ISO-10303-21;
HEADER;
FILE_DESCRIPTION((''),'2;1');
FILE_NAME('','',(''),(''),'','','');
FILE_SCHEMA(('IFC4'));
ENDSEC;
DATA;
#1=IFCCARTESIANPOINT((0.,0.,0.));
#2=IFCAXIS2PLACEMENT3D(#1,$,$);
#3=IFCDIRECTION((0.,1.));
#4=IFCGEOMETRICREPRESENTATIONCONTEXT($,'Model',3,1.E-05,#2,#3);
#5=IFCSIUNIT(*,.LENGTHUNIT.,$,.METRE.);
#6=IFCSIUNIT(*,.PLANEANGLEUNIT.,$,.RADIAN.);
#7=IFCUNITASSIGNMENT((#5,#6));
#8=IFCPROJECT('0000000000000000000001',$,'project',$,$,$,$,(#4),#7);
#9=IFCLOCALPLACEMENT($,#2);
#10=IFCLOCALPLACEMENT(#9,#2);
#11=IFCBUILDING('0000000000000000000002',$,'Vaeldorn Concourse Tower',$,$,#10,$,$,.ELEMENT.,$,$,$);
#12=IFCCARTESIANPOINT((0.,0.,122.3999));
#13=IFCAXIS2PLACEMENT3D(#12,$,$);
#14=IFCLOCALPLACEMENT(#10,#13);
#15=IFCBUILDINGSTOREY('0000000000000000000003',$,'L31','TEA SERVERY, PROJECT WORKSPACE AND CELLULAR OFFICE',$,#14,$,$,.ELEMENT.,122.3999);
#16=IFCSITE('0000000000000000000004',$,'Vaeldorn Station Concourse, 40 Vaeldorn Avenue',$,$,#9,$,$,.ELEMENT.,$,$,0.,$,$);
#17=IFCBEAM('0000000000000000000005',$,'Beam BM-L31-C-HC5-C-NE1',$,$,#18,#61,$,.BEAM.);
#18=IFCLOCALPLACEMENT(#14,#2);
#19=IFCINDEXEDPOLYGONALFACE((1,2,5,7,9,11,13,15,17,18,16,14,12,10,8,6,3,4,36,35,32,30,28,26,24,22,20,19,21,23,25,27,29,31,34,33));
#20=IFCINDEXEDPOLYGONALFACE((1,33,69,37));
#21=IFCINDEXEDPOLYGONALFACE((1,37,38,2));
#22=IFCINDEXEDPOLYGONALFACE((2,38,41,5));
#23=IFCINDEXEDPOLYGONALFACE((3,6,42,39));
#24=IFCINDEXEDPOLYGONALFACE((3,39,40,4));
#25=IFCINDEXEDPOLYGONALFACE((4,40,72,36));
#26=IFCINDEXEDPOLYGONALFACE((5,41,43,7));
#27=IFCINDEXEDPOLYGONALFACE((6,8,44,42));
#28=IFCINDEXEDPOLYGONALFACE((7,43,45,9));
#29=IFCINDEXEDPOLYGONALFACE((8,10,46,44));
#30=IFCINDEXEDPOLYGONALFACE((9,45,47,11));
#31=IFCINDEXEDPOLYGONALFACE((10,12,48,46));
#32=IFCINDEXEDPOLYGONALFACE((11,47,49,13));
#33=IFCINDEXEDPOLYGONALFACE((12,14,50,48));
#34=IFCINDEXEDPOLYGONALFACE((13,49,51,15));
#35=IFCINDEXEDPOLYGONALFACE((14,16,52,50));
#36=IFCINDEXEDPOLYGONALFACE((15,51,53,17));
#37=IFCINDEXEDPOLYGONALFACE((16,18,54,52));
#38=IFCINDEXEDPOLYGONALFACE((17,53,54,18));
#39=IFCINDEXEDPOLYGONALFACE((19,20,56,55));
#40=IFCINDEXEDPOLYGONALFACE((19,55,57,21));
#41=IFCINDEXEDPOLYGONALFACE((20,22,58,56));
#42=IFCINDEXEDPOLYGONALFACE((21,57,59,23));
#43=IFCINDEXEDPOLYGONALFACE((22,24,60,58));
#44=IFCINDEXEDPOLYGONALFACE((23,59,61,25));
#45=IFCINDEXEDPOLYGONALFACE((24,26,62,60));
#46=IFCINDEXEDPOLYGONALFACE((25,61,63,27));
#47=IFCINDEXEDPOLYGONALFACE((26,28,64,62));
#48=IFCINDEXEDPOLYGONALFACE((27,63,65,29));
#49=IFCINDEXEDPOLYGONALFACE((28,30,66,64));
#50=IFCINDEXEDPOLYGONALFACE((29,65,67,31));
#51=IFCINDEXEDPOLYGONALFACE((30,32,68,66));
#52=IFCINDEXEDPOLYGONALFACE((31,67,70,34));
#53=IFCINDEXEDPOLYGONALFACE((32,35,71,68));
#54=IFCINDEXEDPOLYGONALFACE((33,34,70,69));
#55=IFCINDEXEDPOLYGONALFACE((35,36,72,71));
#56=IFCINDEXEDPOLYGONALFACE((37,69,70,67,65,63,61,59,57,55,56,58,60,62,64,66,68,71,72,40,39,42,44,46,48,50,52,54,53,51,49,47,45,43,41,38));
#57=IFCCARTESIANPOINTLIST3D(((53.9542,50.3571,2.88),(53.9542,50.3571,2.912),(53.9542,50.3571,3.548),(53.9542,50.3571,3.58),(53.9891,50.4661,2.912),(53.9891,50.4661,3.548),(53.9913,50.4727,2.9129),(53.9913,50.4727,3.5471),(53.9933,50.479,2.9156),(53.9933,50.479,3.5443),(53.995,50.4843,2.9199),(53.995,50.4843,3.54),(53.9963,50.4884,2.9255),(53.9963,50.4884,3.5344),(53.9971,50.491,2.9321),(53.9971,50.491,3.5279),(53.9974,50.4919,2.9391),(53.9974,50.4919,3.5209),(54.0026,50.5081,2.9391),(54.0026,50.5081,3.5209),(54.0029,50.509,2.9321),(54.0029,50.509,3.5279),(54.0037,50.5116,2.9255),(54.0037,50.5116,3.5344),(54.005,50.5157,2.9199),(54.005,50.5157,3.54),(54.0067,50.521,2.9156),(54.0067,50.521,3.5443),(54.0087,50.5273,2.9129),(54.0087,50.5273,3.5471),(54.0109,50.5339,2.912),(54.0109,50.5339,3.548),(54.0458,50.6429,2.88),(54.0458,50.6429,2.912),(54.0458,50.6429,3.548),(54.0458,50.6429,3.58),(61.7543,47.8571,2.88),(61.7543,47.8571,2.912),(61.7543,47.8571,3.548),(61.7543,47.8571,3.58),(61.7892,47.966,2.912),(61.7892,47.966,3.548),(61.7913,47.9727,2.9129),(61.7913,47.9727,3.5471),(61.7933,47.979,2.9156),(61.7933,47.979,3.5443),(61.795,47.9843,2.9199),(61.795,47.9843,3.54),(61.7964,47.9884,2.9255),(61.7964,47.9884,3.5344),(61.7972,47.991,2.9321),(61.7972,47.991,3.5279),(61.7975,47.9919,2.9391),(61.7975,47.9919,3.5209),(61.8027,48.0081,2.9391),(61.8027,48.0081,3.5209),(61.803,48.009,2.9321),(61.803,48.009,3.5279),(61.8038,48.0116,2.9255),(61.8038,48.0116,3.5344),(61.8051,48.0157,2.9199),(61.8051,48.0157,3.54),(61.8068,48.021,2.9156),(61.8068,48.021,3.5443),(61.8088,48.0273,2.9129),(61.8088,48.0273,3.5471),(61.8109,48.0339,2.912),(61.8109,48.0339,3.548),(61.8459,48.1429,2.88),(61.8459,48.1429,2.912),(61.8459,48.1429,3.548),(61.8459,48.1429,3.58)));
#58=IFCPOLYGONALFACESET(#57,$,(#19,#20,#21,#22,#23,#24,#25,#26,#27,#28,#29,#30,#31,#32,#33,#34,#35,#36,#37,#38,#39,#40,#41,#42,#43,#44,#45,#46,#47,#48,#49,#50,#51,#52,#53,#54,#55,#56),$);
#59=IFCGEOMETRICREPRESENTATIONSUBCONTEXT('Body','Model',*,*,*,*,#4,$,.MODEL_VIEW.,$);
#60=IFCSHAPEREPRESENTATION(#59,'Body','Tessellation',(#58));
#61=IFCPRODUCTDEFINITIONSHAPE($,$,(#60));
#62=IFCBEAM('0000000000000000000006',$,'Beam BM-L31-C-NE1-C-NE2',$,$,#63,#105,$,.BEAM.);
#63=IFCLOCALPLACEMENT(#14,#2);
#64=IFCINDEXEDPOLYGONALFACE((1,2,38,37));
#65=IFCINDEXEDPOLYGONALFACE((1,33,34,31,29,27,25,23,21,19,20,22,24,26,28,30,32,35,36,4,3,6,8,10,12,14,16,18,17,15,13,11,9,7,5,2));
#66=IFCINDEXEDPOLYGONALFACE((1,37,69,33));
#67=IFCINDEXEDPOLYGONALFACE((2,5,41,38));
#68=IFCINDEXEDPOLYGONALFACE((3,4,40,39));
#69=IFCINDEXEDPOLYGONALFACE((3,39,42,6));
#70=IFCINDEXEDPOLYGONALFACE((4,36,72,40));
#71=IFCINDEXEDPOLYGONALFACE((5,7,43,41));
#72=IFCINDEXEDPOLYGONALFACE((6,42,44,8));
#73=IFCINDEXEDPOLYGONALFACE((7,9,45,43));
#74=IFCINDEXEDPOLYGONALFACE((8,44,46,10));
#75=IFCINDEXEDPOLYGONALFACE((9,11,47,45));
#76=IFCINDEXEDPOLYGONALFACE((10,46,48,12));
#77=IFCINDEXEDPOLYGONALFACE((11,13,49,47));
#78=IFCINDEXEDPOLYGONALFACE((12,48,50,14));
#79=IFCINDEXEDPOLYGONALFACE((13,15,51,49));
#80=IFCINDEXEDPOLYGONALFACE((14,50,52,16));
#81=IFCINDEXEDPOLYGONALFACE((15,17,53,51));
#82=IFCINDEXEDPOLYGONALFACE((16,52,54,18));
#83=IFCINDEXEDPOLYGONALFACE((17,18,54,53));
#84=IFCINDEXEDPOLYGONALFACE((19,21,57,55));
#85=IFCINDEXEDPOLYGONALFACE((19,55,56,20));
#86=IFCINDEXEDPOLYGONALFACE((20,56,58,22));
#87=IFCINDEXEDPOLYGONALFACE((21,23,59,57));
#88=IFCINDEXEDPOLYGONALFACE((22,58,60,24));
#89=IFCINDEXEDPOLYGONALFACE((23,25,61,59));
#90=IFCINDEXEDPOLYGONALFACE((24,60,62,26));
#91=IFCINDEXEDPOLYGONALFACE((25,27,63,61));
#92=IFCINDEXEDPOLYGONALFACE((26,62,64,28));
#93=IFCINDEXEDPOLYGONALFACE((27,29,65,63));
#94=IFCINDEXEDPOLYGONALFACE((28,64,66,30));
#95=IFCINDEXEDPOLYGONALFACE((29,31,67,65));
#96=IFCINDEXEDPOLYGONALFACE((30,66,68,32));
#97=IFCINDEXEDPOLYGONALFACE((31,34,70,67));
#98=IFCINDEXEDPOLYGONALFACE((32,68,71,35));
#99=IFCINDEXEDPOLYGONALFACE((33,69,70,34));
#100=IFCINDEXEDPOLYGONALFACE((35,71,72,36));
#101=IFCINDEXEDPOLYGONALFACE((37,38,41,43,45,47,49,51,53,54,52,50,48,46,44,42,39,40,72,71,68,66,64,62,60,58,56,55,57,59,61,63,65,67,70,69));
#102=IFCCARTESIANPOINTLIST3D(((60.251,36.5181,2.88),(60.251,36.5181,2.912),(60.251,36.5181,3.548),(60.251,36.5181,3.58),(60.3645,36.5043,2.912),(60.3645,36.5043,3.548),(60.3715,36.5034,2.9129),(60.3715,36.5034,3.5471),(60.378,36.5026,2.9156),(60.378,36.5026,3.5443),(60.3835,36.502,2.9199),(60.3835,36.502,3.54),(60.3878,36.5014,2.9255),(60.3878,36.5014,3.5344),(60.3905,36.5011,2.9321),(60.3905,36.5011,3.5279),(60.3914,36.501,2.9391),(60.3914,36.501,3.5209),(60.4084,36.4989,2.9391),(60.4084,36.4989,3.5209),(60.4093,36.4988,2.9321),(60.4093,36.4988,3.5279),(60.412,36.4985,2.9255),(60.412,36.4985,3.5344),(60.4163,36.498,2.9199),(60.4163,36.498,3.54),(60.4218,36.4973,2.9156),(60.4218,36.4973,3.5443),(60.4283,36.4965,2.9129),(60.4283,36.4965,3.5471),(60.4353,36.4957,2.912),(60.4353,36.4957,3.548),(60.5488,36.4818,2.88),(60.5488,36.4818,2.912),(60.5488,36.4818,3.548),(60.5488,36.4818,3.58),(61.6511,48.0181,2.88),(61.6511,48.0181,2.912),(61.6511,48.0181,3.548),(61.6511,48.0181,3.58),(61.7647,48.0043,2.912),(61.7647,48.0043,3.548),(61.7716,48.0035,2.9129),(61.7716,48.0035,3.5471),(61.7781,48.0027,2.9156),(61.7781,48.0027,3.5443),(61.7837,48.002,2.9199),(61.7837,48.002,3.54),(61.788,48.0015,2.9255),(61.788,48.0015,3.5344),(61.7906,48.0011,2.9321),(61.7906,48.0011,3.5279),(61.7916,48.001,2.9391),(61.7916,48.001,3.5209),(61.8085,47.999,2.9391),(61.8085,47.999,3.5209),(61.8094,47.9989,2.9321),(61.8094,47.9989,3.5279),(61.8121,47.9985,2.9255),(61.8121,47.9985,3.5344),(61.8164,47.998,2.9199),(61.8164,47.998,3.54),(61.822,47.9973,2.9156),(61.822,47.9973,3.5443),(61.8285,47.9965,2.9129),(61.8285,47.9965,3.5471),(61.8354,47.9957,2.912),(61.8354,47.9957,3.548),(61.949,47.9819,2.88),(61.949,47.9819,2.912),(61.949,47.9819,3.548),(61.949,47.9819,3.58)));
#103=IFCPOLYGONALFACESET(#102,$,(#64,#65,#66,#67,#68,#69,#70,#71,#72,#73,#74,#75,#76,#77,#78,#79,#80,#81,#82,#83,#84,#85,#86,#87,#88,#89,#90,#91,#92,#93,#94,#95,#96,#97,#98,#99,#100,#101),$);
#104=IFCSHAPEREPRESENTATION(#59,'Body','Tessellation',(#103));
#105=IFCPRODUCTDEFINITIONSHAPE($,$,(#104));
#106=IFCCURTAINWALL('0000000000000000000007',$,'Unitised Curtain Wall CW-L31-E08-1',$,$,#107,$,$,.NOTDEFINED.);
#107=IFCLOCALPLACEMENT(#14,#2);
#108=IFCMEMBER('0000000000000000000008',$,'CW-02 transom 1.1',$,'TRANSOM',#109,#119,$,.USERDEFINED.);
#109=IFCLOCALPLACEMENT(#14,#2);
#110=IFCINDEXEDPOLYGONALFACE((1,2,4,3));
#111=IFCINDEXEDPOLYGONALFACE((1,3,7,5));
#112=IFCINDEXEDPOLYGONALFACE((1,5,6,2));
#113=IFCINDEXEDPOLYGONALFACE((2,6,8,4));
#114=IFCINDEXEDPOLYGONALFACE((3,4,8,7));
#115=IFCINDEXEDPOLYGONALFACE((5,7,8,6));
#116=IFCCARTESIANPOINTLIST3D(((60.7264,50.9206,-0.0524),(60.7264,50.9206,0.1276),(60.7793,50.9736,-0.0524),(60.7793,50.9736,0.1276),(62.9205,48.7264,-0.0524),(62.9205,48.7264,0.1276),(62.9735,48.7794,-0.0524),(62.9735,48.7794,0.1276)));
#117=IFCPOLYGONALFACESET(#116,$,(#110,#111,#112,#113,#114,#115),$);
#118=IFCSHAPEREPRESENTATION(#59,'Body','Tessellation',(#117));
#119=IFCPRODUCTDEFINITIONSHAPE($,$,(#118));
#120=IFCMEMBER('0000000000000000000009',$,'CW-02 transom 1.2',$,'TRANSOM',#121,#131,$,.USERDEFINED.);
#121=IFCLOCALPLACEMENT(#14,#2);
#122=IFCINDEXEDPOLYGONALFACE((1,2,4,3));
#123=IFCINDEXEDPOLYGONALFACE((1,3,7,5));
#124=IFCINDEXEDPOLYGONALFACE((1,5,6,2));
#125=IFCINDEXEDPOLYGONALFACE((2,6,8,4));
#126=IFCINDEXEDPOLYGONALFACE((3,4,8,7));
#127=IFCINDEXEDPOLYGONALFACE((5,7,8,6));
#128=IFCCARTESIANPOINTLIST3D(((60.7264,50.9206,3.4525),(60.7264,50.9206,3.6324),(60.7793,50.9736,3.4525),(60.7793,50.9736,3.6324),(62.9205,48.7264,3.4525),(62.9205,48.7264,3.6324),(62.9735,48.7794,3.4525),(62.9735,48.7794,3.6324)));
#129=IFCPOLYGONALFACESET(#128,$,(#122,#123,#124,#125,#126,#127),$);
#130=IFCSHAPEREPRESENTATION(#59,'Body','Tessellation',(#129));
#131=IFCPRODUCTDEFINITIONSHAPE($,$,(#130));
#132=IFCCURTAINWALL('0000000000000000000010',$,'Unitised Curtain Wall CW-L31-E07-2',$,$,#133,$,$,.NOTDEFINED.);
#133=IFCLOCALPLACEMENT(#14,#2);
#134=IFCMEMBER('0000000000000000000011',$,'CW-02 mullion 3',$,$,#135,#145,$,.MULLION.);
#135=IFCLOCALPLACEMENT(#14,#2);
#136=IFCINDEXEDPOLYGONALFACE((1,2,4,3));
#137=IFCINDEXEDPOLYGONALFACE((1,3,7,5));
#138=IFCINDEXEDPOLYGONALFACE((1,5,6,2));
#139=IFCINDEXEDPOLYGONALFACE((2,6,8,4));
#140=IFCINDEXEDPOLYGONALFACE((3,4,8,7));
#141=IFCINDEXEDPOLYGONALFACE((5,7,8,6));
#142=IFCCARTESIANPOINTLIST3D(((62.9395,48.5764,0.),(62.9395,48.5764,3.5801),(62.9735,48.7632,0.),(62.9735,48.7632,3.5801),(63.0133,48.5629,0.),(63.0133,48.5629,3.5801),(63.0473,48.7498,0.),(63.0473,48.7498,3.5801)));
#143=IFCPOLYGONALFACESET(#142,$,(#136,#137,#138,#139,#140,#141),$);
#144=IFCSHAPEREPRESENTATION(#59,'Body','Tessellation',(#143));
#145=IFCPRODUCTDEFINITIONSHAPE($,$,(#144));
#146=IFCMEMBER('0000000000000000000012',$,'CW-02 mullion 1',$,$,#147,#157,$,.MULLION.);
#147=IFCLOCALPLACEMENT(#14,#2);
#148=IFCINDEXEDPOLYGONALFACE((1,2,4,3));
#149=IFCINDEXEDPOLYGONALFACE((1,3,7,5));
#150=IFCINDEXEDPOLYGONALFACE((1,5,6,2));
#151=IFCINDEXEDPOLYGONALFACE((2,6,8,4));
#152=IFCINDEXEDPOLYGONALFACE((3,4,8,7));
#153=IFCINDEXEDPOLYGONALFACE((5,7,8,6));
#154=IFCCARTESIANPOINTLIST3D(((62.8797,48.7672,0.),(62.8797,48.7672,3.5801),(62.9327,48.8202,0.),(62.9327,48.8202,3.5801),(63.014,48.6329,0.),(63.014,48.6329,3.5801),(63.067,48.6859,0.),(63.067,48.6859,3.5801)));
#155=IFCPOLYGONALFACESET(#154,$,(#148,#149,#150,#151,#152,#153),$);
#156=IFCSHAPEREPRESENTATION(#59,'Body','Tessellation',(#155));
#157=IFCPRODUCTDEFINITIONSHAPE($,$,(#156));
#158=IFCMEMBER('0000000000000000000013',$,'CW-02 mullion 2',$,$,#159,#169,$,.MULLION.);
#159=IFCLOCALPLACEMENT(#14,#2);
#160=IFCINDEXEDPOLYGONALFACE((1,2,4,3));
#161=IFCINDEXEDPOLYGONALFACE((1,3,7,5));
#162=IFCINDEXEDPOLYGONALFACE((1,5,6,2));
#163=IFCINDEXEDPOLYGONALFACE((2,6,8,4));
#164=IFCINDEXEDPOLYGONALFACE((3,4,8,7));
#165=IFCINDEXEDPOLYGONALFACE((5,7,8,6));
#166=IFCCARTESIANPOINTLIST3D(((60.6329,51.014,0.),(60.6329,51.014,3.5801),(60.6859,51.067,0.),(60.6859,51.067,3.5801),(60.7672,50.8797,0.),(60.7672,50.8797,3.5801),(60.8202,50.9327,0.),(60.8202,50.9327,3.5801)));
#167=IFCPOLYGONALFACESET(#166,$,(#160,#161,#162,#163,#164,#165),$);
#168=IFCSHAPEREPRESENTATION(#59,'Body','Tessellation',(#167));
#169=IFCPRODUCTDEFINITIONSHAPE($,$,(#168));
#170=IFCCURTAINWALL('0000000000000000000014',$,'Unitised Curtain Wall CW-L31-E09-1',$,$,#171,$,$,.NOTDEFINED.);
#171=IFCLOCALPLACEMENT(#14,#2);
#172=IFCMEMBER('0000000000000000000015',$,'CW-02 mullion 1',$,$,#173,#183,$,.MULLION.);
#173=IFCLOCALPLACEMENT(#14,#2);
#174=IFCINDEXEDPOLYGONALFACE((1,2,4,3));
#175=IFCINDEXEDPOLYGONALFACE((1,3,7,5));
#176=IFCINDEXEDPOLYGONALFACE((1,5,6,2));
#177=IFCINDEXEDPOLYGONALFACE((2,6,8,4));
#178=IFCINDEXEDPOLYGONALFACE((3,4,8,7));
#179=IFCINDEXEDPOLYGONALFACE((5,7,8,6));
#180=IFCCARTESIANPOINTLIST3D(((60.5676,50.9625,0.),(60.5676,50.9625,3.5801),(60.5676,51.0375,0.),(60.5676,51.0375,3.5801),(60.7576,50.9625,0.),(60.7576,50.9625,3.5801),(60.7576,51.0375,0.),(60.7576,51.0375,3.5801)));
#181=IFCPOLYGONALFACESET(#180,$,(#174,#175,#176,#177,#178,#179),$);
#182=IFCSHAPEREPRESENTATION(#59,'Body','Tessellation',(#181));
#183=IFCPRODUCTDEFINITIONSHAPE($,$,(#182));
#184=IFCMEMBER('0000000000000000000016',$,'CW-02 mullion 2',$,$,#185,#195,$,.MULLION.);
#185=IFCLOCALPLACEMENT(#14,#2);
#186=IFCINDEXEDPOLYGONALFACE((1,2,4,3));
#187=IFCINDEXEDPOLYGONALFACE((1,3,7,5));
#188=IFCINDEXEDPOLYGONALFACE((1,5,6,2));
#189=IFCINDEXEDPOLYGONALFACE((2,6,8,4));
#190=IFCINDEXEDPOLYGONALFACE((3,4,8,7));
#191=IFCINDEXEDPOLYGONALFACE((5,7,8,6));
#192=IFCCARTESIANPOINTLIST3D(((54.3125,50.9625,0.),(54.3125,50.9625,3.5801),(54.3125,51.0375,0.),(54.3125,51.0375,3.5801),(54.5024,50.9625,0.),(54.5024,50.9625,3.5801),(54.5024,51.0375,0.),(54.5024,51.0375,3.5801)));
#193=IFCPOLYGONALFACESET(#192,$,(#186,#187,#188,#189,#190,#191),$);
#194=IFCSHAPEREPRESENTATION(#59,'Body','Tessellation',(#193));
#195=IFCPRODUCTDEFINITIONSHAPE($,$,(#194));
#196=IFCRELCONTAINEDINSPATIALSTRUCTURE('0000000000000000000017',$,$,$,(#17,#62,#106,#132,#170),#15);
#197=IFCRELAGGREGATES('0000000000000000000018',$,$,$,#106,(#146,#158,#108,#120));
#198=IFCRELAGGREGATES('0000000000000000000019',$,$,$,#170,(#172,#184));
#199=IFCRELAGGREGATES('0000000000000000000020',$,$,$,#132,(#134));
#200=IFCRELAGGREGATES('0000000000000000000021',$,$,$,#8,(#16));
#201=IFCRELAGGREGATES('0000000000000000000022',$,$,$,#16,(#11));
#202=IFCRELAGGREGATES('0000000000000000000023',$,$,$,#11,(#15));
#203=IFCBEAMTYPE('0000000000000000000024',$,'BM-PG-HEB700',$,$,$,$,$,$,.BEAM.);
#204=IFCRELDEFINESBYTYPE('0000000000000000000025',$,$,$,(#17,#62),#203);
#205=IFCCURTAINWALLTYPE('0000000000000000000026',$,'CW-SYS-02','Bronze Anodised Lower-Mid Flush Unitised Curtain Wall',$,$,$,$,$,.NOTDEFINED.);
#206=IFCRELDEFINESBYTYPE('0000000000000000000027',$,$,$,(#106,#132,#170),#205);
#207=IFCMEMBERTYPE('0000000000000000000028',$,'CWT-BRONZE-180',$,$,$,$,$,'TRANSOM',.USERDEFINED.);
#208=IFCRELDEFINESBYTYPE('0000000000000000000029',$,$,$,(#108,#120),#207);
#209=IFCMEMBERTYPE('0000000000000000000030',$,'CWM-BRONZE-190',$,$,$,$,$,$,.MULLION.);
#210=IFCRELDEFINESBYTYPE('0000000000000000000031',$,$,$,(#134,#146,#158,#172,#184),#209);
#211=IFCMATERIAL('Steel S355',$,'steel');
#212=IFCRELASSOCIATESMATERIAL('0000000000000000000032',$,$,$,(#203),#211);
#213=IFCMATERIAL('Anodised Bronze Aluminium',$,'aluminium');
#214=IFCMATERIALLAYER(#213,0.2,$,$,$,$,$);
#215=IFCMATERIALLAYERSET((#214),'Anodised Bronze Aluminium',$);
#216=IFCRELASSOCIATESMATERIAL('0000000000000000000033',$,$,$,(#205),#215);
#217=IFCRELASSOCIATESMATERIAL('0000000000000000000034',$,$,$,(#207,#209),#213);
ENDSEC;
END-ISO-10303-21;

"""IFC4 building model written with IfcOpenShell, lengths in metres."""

from ifc_helpers import new_model, si_unit, direction, frame, origin, origin_2d, place, context, subcontext, project, spatial, rectangle, i_section, extrude, source, transform, mapped, material, layer, layer_set, material_profile, profile_set, type_object, element, aggregate, save


model = new_model("IFC4")

# Units and contexts
model_context = context("Model", 3, precision=1e-05, world=origin(), true_north=direction((0.0, 1.0)))
body_context = subcontext(model_context, "Body", "Model", "MODEL_VIEW")
ifc_project = project(units=[si_unit("LENGTHUNIT", "METRE"), si_unit("PLANEANGLEUNIT", "RADIAN")], contexts=[model_context])

# Site, building, storey
site_placement = place(None, origin())
site = spatial("IfcSite", under=ifc_project, at=site_placement, Name="Vaeldorn Station Concourse, 40 Vaeldorn Avenue", CompositionType="ELEMENT", RefElevation=0.0)
building_placement = place(site_placement, origin())
building = spatial("IfcBuilding", under=site, at=building_placement, Name="Vaeldorn Concourse Tower", CompositionType="ELEMENT")
storey_placement = place(building_placement, frame((0.0, 0.0, 122.3999)))
storey = spatial("IfcBuildingStorey", under=building, at=storey_placement, Name="L31", Description="TEA SERVERY, PROJECT WORKSPACE AND CELLULAR OFFICE", CompositionType="ELEMENT", Elevation=122.3999)

# Beams
ifc_material_1 = material(Name="Steel S355", Category="steel")
ifc_material_profile_1 = material_profile(ifc_material_1, i_section(OverallWidth=0.3, OverallDepth=0.7, WebThickness=0.0171, FlangeThickness=0.032, FilletRadius=0.0271, at=origin_2d()), Name="HEB 700")
ifc_profile_set_1 = profile_set([ifc_material_profile_1], Name="Steel S355")
beam_type_1 = type_object("IfcBeamType", Name="BM-PG-HEB700", PredefinedType="BEAM", material=ifc_profile_set_1)
shared_shape_1 = source(origin(), body_context, "Body", "SweptSolid", [
    extrude(i_section(OverallWidth=0.3, OverallDepth=0.7, WebThickness=0.0171, FlangeThickness=0.032, FilletRadius=0.0271, at=origin_2d()), origin(), (0.0, 0.0, 1.0), 8.1909),
])
beam_1_placement = place(storey_placement, frame((54.0, 50.5, 3.23), z_axis=(0.952283, -0.305217, 0.0), x_axis=(0.305217, 0.952283, 0.0)))
element("IfcBeam", 1, at=beam_1_placement, inside=storey, type_object=beam_type_1, Name="Beam BM-L31-C-HC5-C-NE1", PredefinedType="BEAM", context=body_context, shape_type="MappedRepresentation", body=[
    mapped(shared_shape_1, transform((0.0, 0.0, 0.0), scale=1.0)),
])
shared_shape_2 = source(origin(), body_context, "Body", "SweptSolid", [
    extrude(i_section(OverallWidth=0.3, OverallDepth=0.7, WebThickness=0.0171, FlangeThickness=0.032, FilletRadius=0.0271, at=origin_2d()), origin(), (0.0, 0.0, 1.0), 11.585),
])
beam_2_placement = place(storey_placement, frame((61.8, 48.0, 3.23), z_axis=(-0.120859, -0.99267, 0.0), x_axis=(0.99267, -0.120859, 0.0)))
element("IfcBeam", 2, at=beam_2_placement, inside=storey, type_object=beam_type_1, Name="Beam BM-L31-C-NE1-C-NE2", PredefinedType="BEAM", context=body_context, shape_type="MappedRepresentation", body=[
    mapped(shared_shape_2, transform((0.0, 0.0, 0.0), scale=1.0)),
])

# Curtain wall, members
ifc_material_2 = material(Name="Anodised Bronze Aluminium", Category="aluminium")
ifc_layer_1 = layer(ifc_material_2, 0.2)
ifc_layer_set_1 = layer_set([ifc_layer_1], Name="Anodised Bronze Aluminium")
curtain_wall_type = type_object("IfcCurtainWallType", Name="CW-SYS-02", Description="Bronze Anodised Lower-Mid Flush Unitised Curtain Wall", PredefinedType="NOTDEFINED", material=ifc_layer_set_1)
curtain_wall_1_placement = place(storey_placement, origin())
curtain_wall_1 = element("IfcCurtainWall", 3, at=curtain_wall_1_placement, inside=storey, type_object=curtain_wall_type, Name="Unitised Curtain Wall CW-L31-E08-1", PredefinedType="NOTDEFINED")
ifc_material_profile_2 = material_profile(ifc_material_2, rectangle(XDim=0.075, YDim=0.1799, at=origin_2d()), Name="CWT 75x180")
ifc_profile_set_2 = profile_set([ifc_material_profile_2], Name="Anodised Bronze Aluminium")
member_type_1 = type_object("IfcMemberType", Name="CWT-BRONZE-180", ElementType="TRANSOM", PredefinedType="USERDEFINED", material=ifc_profile_set_2)
shared_shape_3 = source(origin(), body_context, "Body", "SweptSolid", [
    extrude(rectangle(XDim=0.075, YDim=0.1799, at=origin_2d()), origin(), (0.0, 0.0, 1.0), 3.103),
])
member_1_placement = place(storey_placement, frame((62.947, 48.7529, 0.0376), z_axis=(-0.707107, 0.707107, 0.0), x_axis=(-0.707107, -0.707107, 0.0)))
member_1 = element("IfcMember", 4, at=member_1_placement, type_object=member_type_1, Name="CW-02 transom 1.1", ObjectType="TRANSOM", PredefinedType="USERDEFINED", context=body_context, shape_type="MappedRepresentation", body=[
    mapped(shared_shape_3, transform((0.0, 0.0, 0.0), scale=1.0)),
])
member_2_placement = place(storey_placement, frame((62.947, 48.7529, 3.5425), z_axis=(-0.707107, 0.707107, 0.0), x_axis=(-0.707107, -0.707107, 0.0)))
member_2 = element("IfcMember", 5, at=member_2_placement, type_object=member_type_1, Name="CW-02 transom 1.2", ObjectType="TRANSOM", PredefinedType="USERDEFINED", context=body_context, shape_type="MappedRepresentation", body=[
    mapped(shared_shape_3, transform((0.0, 0.0, 0.0), scale=1.0)),
])

# Curtain wall, member
curtain_wall_2_placement = place(storey_placement, origin())
curtain_wall_2 = element("IfcCurtainWall", 6, at=curtain_wall_2_placement, inside=storey, type_object=curtain_wall_type, Name="Unitised Curtain Wall CW-L31-E07-2", PredefinedType="NOTDEFINED")
ifc_material_profile_3 = material_profile(ifc_material_2, rectangle(XDim=0.075, YDim=0.1899, at=origin_2d()), Name="CWM 75x190")
ifc_profile_set_3 = profile_set([ifc_material_profile_3], Name="Anodised Bronze Aluminium")
member_type_2 = type_object("IfcMemberType", Name="CWM-BRONZE-190", PredefinedType="MULLION", material=ifc_profile_set_3)
shared_shape_4 = source(origin(), body_context, "Body", "SweptSolid", [
    extrude(rectangle(XDim=0.075, YDim=0.1899, at=origin_2d()), origin(), (0.0, 0.0, 1.0), 3.5801),
])
member_3_placement = place(storey_placement, frame((62.9934, 48.6631, 0.0), z_axis=(0.0, 0.0, 1.0), x_axis=(-0.98386, 0.178943, 0.0)))
member_3 = element("IfcMember", 7, at=member_3_placement, type_object=member_type_2, Name="CW-02 mullion 3", PredefinedType="MULLION", context=body_context, shape_type="MappedRepresentation", body=[
    mapped(shared_shape_4, transform((0.0, 0.0, 0.0), scale=1.0)),
])

# Members
member_4_placement = place(storey_placement, frame((62.9734, 48.7266, 0.0), z_axis=(0.0, 0.0, 1.0), x_axis=(-0.707107, -0.707107, 0.0)))
member_4 = element("IfcMember", 8, at=member_4_placement, type_object=member_type_2, Name="CW-02 mullion 1", PredefinedType="MULLION", context=body_context, shape_type="MappedRepresentation", body=[
    mapped(shared_shape_4, transform((0.0, 0.0, 0.0), scale=1.0)),
])
member_5_placement = place(storey_placement, frame((60.7266, 50.9734, 0.0), z_axis=(0.0, 0.0, 1.0), x_axis=(-0.707107, -0.707107, 0.0)))
member_5 = element("IfcMember", 9, at=member_5_placement, type_object=member_type_2, Name="CW-02 mullion 2", PredefinedType="MULLION", context=body_context, shape_type="MappedRepresentation", body=[
    mapped(shared_shape_4, transform((0.0, 0.0, 0.0), scale=1.0)),
])

# Curtain wall, members
curtain_wall_3_placement = place(storey_placement, origin())
curtain_wall_3 = element("IfcCurtainWall", 10, at=curtain_wall_3_placement, inside=storey, type_object=curtain_wall_type, Name="Unitised Curtain Wall CW-L31-E09-1", PredefinedType="NOTDEFINED")
member_6_placement = place(storey_placement, frame((60.6626, 51.0, 0.0), z_axis=(0.0, 0.0, 1.0), x_axis=(0.0, -1.0, 0.0)))
member_6 = element("IfcMember", 11, at=member_6_placement, type_object=member_type_2, Name="CW-02 mullion 1", PredefinedType="MULLION", context=body_context, shape_type="MappedRepresentation", body=[
    mapped(shared_shape_4, transform((0.0, 0.0, 0.0), scale=1.0)),
])
member_7_placement = place(storey_placement, frame((54.4075, 51.0, 0.0), z_axis=(0.0, 0.0, 1.0), x_axis=(0.0, -1.0, 0.0)))
member_7 = element("IfcMember", 12, at=member_7_placement, type_object=member_type_2, Name="CW-02 mullion 2", PredefinedType="MULLION", context=body_context, shape_type="MappedRepresentation", body=[
    mapped(shared_shape_4, transform((0.0, 0.0, 0.0), scale=1.0)),
])

aggregate(curtain_wall_1, [member_4, member_5, member_1, member_2])
aggregate(curtain_wall_3, [member_6, member_7])
aggregate(curtain_wall_2, [member_3])

save(model, "model.ifc")
